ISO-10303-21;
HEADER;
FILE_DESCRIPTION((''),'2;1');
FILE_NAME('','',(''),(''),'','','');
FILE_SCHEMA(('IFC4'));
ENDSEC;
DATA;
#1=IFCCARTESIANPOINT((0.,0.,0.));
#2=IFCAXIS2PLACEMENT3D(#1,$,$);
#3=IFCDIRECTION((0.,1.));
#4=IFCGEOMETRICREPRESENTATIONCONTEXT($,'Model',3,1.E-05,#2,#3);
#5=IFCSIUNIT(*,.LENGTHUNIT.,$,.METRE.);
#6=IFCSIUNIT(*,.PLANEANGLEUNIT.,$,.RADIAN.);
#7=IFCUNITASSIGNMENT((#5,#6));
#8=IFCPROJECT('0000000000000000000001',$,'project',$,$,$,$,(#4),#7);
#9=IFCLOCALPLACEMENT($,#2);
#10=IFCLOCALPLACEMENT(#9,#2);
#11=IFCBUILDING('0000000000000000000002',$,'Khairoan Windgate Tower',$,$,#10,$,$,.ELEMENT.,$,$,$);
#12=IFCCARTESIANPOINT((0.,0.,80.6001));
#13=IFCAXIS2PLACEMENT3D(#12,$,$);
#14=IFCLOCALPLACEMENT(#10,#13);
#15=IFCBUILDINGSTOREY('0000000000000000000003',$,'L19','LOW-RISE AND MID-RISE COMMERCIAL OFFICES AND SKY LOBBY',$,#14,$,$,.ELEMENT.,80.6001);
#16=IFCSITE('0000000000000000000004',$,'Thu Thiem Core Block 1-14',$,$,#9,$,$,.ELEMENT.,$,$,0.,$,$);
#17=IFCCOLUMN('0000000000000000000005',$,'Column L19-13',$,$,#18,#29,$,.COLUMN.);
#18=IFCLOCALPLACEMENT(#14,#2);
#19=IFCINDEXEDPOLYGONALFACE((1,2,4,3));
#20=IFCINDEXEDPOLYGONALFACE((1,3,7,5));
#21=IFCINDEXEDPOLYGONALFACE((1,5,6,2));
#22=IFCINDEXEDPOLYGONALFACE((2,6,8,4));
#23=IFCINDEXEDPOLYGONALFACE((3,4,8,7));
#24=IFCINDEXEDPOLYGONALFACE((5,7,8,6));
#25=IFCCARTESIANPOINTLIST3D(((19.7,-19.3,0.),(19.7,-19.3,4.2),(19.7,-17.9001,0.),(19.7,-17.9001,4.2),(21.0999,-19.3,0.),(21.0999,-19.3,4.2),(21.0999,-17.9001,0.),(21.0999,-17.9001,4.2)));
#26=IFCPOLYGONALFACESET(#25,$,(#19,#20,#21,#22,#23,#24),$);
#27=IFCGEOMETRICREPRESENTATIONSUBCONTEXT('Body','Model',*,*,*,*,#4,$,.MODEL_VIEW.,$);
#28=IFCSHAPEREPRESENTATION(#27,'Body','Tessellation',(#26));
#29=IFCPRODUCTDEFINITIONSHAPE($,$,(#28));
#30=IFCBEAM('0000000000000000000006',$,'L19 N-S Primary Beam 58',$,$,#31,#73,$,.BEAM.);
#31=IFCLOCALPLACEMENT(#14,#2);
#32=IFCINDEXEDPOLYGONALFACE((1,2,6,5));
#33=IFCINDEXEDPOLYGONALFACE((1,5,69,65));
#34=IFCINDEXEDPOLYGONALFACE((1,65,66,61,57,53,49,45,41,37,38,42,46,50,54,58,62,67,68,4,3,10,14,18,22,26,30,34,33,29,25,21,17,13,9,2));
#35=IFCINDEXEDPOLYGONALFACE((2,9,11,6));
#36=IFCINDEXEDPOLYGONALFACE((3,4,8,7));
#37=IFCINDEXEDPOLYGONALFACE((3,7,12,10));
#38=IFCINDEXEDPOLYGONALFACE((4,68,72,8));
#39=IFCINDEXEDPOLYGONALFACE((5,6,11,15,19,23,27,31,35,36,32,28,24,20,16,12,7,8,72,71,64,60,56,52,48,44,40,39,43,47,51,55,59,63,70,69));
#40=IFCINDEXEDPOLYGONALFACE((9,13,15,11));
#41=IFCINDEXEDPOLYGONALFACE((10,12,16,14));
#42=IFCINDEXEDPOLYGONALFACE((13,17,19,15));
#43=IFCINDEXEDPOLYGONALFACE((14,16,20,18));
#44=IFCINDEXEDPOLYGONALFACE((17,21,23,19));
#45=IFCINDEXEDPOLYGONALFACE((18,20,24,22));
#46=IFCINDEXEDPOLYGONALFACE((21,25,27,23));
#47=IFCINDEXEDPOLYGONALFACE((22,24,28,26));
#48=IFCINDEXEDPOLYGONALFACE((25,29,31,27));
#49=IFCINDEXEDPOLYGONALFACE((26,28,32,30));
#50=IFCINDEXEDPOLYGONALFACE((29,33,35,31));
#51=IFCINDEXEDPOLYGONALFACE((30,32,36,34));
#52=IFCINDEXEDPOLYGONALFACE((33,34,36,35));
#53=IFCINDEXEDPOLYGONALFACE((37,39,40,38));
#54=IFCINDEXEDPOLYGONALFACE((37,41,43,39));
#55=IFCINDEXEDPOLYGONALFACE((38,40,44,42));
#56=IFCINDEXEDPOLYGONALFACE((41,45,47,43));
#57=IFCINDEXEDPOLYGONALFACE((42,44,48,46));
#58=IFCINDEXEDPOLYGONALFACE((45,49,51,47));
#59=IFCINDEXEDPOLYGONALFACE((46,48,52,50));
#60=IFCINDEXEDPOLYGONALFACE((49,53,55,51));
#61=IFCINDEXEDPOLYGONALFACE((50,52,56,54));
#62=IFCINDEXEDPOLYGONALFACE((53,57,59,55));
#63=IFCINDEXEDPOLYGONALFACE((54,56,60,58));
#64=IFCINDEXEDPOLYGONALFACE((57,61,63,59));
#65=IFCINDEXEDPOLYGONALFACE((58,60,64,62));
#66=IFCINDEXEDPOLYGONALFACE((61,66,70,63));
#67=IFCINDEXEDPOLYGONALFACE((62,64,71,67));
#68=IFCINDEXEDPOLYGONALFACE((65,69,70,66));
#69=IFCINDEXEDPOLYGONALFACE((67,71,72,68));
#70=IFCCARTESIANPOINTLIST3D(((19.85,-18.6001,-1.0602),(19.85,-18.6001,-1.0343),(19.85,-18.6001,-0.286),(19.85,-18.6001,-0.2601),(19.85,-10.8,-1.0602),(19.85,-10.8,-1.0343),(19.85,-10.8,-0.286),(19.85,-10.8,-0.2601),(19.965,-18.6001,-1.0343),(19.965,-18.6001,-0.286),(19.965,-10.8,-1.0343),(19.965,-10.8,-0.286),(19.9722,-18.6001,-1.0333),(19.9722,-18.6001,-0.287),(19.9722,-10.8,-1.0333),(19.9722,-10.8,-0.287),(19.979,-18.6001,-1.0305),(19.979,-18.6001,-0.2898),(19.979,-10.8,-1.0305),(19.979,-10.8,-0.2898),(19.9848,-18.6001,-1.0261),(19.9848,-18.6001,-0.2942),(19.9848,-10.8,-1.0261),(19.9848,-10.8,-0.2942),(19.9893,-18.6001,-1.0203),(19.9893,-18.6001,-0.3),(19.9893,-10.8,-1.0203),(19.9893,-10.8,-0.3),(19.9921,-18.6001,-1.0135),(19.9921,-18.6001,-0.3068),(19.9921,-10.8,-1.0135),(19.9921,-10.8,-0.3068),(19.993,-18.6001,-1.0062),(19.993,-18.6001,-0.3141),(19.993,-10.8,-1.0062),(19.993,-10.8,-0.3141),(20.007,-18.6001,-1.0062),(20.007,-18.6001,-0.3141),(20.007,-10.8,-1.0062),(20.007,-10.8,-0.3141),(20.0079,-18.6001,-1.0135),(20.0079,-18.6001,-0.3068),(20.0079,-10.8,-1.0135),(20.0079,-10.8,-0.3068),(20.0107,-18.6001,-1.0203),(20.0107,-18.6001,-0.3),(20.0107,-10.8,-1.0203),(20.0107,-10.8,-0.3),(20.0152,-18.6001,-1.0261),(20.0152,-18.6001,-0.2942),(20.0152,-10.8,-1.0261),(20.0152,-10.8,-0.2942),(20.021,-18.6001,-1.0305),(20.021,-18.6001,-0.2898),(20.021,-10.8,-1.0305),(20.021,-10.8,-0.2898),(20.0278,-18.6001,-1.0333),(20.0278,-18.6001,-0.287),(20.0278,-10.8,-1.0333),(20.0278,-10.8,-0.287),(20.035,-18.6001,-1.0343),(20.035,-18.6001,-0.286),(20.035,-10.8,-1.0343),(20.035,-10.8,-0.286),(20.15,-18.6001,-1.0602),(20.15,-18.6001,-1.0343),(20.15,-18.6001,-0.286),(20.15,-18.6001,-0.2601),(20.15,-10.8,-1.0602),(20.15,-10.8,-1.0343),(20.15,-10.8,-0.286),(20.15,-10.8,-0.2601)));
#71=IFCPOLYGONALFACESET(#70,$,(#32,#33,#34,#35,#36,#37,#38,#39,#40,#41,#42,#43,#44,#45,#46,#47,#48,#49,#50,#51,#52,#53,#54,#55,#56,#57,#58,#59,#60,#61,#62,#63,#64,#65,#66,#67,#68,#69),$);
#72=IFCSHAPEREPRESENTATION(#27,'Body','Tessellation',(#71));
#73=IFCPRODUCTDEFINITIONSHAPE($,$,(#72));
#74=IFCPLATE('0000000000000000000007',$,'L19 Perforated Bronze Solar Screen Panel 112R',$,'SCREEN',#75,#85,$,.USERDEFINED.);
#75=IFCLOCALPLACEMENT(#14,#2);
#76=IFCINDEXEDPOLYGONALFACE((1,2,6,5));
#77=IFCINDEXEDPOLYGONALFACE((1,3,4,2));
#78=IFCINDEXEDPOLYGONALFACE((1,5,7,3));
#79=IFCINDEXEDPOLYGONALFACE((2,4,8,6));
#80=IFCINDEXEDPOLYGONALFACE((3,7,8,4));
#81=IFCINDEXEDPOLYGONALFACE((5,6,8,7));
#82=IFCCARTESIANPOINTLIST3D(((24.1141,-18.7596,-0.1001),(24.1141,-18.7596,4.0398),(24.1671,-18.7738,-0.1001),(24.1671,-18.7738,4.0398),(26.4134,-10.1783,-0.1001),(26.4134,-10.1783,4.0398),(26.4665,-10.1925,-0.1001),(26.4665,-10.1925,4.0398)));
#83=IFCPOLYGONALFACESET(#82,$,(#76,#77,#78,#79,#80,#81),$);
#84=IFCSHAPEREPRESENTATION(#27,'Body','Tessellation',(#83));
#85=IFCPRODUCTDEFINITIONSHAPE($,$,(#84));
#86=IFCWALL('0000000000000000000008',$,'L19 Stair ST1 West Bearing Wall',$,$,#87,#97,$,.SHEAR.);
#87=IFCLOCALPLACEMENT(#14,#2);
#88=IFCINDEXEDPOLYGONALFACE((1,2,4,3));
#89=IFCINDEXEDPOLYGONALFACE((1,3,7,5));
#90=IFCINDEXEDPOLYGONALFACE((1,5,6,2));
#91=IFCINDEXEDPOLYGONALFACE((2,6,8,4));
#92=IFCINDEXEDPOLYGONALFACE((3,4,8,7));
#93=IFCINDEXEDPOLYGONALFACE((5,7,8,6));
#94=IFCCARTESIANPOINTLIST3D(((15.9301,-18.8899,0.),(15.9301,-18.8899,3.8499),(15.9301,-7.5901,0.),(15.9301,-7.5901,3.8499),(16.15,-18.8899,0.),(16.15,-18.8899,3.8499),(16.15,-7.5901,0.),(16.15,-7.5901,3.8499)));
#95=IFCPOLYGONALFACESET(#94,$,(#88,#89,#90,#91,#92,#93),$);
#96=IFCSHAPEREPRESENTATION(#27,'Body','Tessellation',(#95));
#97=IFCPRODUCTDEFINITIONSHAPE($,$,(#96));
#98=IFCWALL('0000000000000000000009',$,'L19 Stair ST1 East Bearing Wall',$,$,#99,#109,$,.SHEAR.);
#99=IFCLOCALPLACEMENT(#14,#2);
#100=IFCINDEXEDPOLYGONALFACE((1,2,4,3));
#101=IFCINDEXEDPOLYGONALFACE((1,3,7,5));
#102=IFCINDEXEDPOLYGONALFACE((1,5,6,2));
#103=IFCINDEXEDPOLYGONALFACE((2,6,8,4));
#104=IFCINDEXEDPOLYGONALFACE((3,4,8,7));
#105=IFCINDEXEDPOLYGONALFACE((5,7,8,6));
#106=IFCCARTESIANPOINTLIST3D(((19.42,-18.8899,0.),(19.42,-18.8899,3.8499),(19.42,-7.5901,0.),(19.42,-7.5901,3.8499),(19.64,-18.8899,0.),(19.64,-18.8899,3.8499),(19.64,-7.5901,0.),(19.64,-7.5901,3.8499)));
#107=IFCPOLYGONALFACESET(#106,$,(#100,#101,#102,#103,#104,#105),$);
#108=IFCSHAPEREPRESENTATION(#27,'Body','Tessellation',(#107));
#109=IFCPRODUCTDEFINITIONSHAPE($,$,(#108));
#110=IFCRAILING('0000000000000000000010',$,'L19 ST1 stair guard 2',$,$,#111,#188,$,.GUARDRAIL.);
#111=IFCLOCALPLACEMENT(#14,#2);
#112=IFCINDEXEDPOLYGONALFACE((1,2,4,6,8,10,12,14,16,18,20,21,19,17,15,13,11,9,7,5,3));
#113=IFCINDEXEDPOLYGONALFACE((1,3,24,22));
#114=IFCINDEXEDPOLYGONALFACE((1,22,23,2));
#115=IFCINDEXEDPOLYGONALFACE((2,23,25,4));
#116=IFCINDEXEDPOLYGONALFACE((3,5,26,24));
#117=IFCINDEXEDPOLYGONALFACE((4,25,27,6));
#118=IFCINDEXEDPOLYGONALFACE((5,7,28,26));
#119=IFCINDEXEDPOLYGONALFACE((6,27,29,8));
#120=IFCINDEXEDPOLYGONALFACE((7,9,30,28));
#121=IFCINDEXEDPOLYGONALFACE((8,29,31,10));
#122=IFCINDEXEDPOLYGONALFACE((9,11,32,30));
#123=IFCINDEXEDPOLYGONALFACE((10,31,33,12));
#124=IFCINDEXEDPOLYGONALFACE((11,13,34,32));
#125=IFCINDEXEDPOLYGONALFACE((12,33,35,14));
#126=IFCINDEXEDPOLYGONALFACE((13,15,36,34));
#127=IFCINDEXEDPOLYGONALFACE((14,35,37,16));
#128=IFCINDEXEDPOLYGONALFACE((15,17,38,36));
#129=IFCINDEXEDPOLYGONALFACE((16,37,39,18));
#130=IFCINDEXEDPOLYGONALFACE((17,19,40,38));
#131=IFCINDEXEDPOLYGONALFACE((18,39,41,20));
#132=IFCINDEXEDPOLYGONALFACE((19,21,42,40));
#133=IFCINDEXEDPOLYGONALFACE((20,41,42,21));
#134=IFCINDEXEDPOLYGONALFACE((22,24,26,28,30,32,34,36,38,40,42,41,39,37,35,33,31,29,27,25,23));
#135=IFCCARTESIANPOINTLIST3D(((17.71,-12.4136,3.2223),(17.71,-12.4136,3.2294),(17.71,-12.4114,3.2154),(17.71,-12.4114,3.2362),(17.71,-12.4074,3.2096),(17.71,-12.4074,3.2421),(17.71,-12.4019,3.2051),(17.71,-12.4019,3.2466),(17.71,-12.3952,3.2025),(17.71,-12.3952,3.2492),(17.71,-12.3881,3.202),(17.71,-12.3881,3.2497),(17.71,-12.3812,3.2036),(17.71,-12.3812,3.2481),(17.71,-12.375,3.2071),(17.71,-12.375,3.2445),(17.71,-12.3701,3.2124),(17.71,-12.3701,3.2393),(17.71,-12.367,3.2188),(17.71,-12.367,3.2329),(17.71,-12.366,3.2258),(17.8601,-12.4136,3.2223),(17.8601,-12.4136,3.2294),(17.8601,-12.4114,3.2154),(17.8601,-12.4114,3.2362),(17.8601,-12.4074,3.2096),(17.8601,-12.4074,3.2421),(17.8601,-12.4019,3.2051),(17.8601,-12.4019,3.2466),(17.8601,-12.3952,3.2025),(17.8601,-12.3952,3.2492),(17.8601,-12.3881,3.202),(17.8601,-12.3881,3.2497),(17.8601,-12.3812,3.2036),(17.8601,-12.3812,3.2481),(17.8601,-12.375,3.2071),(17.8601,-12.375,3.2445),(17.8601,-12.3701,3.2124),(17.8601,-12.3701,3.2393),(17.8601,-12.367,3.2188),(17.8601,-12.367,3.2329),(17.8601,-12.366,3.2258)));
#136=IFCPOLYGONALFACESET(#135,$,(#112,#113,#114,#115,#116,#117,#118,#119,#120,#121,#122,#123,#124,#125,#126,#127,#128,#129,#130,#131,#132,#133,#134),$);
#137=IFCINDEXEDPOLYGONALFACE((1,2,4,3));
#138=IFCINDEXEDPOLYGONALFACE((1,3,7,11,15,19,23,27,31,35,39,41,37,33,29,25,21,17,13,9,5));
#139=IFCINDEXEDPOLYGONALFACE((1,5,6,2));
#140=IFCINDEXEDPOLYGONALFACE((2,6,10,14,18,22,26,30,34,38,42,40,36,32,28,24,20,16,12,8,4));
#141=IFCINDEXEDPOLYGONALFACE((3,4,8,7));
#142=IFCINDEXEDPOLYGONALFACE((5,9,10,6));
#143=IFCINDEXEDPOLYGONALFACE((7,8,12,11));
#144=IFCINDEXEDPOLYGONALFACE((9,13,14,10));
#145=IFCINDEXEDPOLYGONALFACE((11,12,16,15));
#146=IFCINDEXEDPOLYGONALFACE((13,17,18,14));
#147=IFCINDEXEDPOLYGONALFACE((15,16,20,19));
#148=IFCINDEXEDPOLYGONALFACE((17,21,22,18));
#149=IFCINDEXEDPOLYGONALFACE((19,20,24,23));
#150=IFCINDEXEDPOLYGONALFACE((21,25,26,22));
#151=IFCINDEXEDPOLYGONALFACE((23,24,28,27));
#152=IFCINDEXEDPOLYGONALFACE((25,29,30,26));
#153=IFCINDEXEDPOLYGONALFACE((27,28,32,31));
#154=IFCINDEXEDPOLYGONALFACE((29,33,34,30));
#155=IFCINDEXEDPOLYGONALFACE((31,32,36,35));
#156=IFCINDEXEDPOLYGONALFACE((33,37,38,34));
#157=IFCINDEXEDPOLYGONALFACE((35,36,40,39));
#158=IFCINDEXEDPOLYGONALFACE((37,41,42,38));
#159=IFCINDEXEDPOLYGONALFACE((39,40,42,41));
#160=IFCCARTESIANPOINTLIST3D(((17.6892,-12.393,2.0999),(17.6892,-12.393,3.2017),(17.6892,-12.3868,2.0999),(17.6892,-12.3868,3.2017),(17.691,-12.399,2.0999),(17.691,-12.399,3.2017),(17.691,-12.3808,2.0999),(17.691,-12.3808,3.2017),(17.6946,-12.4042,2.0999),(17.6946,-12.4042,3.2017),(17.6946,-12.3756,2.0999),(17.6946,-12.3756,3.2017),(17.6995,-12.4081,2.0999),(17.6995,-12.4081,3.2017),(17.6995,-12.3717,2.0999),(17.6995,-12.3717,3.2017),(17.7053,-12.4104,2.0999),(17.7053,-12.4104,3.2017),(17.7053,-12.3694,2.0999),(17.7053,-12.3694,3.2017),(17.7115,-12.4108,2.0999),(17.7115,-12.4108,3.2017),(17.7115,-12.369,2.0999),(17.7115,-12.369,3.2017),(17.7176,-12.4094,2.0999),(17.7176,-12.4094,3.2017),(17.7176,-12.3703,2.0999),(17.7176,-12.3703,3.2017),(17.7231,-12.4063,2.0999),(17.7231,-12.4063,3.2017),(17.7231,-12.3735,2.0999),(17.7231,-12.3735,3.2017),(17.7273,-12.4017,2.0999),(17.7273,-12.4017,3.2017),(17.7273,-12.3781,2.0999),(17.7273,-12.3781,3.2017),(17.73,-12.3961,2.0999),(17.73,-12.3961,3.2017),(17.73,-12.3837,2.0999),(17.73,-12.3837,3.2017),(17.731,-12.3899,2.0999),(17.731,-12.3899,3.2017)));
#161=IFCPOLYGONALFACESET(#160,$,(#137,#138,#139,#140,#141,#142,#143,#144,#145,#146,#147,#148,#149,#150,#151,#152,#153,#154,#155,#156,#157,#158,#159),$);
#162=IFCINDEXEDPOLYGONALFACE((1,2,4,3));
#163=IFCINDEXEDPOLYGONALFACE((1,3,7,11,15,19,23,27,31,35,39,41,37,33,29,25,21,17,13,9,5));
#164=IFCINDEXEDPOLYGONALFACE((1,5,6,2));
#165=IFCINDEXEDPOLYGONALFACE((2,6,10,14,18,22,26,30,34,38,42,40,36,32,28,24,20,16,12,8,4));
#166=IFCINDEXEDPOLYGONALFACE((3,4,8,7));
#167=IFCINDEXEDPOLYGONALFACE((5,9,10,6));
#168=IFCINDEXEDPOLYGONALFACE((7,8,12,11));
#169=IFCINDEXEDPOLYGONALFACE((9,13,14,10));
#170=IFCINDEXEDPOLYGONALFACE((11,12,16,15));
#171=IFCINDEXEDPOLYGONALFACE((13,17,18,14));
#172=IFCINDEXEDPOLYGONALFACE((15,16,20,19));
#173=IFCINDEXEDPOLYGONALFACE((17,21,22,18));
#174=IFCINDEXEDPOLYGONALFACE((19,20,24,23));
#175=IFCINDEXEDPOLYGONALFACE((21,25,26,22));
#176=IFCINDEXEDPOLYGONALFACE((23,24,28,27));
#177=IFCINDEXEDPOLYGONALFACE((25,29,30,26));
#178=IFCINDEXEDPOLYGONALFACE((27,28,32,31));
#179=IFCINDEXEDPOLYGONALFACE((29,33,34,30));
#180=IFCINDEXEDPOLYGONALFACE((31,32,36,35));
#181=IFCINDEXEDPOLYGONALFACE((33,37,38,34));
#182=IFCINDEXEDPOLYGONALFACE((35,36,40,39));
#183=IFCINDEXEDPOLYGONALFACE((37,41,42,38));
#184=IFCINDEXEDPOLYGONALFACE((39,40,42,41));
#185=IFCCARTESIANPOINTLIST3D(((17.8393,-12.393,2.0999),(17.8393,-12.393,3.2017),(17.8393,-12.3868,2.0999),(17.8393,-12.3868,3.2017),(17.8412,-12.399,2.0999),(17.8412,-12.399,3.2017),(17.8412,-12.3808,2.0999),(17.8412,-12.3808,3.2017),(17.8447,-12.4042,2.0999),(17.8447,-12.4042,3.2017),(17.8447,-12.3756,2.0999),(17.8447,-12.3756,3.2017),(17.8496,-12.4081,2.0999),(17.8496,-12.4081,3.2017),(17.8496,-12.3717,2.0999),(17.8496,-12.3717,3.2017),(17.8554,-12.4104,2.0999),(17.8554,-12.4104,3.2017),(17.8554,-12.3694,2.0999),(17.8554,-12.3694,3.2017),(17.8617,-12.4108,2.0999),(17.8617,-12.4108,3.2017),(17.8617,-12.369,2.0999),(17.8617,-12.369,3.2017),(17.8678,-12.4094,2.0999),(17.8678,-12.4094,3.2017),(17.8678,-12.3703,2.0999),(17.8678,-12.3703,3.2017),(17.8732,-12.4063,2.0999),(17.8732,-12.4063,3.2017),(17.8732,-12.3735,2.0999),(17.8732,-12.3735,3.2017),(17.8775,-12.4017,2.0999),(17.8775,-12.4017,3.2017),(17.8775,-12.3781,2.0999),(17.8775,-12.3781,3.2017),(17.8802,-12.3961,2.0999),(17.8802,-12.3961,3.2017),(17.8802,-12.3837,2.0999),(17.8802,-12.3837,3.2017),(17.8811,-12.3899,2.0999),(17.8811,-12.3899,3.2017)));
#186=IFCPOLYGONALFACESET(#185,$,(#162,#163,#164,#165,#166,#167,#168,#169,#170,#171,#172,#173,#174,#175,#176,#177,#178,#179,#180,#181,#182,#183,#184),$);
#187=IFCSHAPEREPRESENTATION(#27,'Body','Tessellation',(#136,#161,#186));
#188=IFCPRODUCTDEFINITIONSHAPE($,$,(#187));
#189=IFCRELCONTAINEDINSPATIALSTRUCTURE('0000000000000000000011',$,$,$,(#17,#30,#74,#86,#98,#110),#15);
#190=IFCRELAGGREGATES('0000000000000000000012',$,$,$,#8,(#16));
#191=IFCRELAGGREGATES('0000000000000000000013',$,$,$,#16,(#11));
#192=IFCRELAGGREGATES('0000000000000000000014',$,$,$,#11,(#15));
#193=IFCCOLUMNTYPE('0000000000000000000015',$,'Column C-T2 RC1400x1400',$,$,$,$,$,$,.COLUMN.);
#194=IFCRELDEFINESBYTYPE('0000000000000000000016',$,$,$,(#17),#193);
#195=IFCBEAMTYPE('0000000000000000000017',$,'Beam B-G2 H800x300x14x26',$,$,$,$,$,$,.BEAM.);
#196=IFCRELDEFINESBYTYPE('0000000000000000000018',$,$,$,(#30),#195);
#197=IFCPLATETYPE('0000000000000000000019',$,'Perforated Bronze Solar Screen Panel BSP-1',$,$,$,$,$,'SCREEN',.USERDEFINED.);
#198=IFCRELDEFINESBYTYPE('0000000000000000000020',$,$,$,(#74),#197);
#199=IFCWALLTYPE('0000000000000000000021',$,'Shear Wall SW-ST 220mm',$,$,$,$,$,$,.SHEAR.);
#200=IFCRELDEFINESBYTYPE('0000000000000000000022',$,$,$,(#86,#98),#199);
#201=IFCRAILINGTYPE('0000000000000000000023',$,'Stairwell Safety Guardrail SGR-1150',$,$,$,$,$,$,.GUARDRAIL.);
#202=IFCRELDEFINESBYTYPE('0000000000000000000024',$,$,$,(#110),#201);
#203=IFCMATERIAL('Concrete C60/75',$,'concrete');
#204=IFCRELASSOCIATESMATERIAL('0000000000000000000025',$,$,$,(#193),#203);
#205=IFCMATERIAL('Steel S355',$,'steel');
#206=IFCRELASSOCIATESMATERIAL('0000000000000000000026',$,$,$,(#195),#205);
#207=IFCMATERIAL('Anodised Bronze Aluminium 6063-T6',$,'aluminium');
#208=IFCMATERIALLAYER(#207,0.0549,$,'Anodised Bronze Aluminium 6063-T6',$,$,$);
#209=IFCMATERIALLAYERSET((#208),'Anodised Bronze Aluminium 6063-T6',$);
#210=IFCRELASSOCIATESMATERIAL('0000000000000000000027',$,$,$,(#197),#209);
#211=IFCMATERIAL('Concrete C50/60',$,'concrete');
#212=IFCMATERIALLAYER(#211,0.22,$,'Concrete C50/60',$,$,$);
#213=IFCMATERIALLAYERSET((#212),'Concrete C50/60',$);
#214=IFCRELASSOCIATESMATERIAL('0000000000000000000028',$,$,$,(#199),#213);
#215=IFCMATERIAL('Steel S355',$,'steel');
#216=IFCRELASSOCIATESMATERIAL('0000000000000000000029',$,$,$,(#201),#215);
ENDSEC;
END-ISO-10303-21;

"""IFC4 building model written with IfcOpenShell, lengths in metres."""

from ifc_helpers import new_model, si_unit, direction, frame, frame_2d, origin, origin_2d, place, context, subcontext, project, spatial, rectangle, circle, i_section, extrude, material, layer, layer_set, material_profile, profile_set, type_object, element, save


model = new_model("IFC4")

# Units and contexts
model_context = context("Model", 3, precision=1e-05, world=origin(), true_north=direction((0.0, 1.0)))
body_context = subcontext(model_context, "Body", "Model", "MODEL_VIEW")
ifc_project = project(units=[si_unit("LENGTHUNIT", "METRE"), si_unit("PLANEANGLEUNIT", "RADIAN")], contexts=[model_context])

# Site, building, storey
site_placement = place(None, origin())
site = spatial("IfcSite", under=ifc_project, at=site_placement, Name="Thu Thiem Core Block 1-14", CompositionType="ELEMENT", RefElevation=0.0)
building_placement = place(site_placement, origin())
building = spatial("IfcBuilding", under=site, at=building_placement, Name="Khairoan Windgate Tower", CompositionType="ELEMENT")
storey_placement = place(building_placement, frame((0.0, 0.0, 80.6001)))
storey = spatial("IfcBuildingStorey", under=building, at=storey_placement, Name="L19", Description="LOW-RISE AND MID-RISE COMMERCIAL OFFICES AND SKY LOBBY", CompositionType="ELEMENT", Elevation=80.6001)

# Column
ifc_material_1 = material(Name="Concrete C60/75", Category="concrete")
ifc_material_profile_1 = material_profile(ifc_material_1, rectangle(XDim=1.3999, YDim=1.3999, at=origin_2d()))
ifc_profile_set_1 = profile_set([ifc_material_profile_1], Name="Concrete C60/75")
column_type = type_object("IfcColumnType", Name="Column C-T2 RC1400x1400", PredefinedType="COLUMN", material=ifc_profile_set_1)
column_placement = place(storey_placement, frame((20.3999, -18.6001, 0.0), z_axis=(0.0, 0.0, 1.0), x_axis=(1.0, 0.0, 0.0)))
element("IfcColumn", 1, at=column_placement, inside=storey, type_object=column_type, Name="Column L19-13", PredefinedType="COLUMN", context=body_context, shape_type="SweptSolid", body=[
    extrude(rectangle(XDim=1.3999, YDim=1.3999, at=origin_2d()), origin(), (0.0, 0.0, 1.0), 4.2),
])

# Beam
ifc_material_2 = material(Name="Steel S355", Category="steel")
ifc_material_profile_2 = material_profile(ifc_material_2, i_section(OverallWidth=0.3, OverallDepth=0.8, WebThickness=0.0139, FlangeThickness=0.0259, FilletRadius=0.0281, at=origin_2d()))
ifc_profile_set_2 = profile_set([ifc_material_profile_2], Name="Steel S355")
beam_type = type_object("IfcBeamType", Name="Beam B-G2 H800x300x14x26", PredefinedType="BEAM", material=ifc_profile_set_2)
beam_placement = place(storey_placement, frame((20.0, -18.6001, -0.6602), z_axis=(0.0, 1.0, 0.0), x_axis=(-1.0, 0.0, 0.0)))
element("IfcBeam", 2, at=beam_placement, inside=storey, type_object=beam_type, Name="L19 N-S Primary Beam 58", PredefinedType="BEAM", context=body_context, shape_type="SweptSolid", body=[
    extrude(i_section(OverallWidth=0.3, OverallDepth=0.8, WebThickness=0.0139, FlangeThickness=0.0259, FilletRadius=0.0281, at=origin_2d()), origin(), (0.0, 0.0, 1.0), 7.8),
])

# Plate
ifc_material_3 = material(Name="Anodised Bronze Aluminium 6063-T6", Category="aluminium")
ifc_layer_1 = layer(ifc_material_3, 0.0549, Name="Anodised Bronze Aluminium 6063-T6")
ifc_layer_set_1 = layer_set([ifc_layer_1], Name="Anodised Bronze Aluminium 6063-T6")
plate_type = type_object("IfcPlateType", Name="Perforated Bronze Solar Screen Panel BSP-1", ElementType="SCREEN", PredefinedType="USERDEFINED", material=ifc_layer_set_1)
plate_placement = place(storey_placement, frame((25.2903, -14.4761, -0.1001), z_axis=(0.0, 0.0, 1.0), x_axis=(-0.258819, -0.965926, 0.0)))
element("IfcPlate", 3, at=plate_placement, inside=storey, type_object=plate_type, Name="L19 Perforated Bronze Solar Screen Panel 112R", ObjectType="SCREEN", PredefinedType="USERDEFINED", context=body_context, shape_type="SweptSolid", body=[
    extrude(rectangle(XDim=8.884, YDim=0.0549, at=origin_2d()), origin(), (0.0, 0.0, 1.0), 4.1399),
])

# Walls
ifc_material_4 = material(Name="Concrete C50/60", Category="concrete")
ifc_layer_2 = layer(ifc_material_4, 0.22, Name="Concrete C50/60")
ifc_layer_set_2 = layer_set([ifc_layer_2], Name="Concrete C50/60")
wall_type = type_object("IfcWallType", Name="Shear Wall SW-ST 220mm", PredefinedType="SHEAR", material=ifc_layer_set_2)
for number, where, z_axis, x_axis, name in (
    (4, (16.04, -18.8899, 0.0), (0.0, 0.0, 1.0), (0.0, 1.0, 0.0), "L19 Stair ST1 West Bearing Wall"),
    (5, (19.53, -18.8899, 0.0), (0.0, 0.0, 1.0), (0.0, 1.0, 0.0), "L19 Stair ST1 East Bearing Wall"),
):
    element("IfcWall", number, at=place(storey_placement, frame(where, z_axis=z_axis, x_axis=x_axis)), inside=storey, type_object=wall_type, Name=name, PredefinedType="SHEAR", context=body_context, shape_type="SweptSolid", body=[
        extrude(rectangle(XDim=11.2998, YDim=0.22, at=frame_2d((5.6499, 0.0))), origin(), (0.0, 0.0, 1.0), 3.8499),
    ])

# Railing
ifc_material_5 = material(Name="Steel S355", Category="steel")
railing_type = type_object("IfcRailingType", Name="Stairwell Safety Guardrail SGR-1150", PredefinedType="GUARDRAIL", material=ifc_material_5)
railing_1_placement = place(storey_placement, frame((17.71, -12.3899, 2.0999)))
element("IfcRailing", 6, at=railing_1_placement, inside=storey, type_object=railing_type, Name="L19 ST1 stair guard 2", PredefinedType="GUARDRAIL", context=body_context, shape_type="SweptSolid", body=[
    extrude(circle(Radius=0.0239, at=origin_2d()), frame((0.0, 0.0, 1.126), z_axis=(1.0, 0.0, 0.0), x_axis=(0.0, 1.0, 0.0)), (0.0, 0.0, 1.0), 0.1501),
    extrude(circle(Radius=0.021, at=origin_2d()), origin(), (0.0, 0.0, 1.0), 1.1018),
    extrude(circle(Radius=0.021, at=origin_2d()), frame((0.1501, 0.0, 0.0)), (0.0, 0.0, 1.0), 1.1018),
])

save(model, "model.ifc")
